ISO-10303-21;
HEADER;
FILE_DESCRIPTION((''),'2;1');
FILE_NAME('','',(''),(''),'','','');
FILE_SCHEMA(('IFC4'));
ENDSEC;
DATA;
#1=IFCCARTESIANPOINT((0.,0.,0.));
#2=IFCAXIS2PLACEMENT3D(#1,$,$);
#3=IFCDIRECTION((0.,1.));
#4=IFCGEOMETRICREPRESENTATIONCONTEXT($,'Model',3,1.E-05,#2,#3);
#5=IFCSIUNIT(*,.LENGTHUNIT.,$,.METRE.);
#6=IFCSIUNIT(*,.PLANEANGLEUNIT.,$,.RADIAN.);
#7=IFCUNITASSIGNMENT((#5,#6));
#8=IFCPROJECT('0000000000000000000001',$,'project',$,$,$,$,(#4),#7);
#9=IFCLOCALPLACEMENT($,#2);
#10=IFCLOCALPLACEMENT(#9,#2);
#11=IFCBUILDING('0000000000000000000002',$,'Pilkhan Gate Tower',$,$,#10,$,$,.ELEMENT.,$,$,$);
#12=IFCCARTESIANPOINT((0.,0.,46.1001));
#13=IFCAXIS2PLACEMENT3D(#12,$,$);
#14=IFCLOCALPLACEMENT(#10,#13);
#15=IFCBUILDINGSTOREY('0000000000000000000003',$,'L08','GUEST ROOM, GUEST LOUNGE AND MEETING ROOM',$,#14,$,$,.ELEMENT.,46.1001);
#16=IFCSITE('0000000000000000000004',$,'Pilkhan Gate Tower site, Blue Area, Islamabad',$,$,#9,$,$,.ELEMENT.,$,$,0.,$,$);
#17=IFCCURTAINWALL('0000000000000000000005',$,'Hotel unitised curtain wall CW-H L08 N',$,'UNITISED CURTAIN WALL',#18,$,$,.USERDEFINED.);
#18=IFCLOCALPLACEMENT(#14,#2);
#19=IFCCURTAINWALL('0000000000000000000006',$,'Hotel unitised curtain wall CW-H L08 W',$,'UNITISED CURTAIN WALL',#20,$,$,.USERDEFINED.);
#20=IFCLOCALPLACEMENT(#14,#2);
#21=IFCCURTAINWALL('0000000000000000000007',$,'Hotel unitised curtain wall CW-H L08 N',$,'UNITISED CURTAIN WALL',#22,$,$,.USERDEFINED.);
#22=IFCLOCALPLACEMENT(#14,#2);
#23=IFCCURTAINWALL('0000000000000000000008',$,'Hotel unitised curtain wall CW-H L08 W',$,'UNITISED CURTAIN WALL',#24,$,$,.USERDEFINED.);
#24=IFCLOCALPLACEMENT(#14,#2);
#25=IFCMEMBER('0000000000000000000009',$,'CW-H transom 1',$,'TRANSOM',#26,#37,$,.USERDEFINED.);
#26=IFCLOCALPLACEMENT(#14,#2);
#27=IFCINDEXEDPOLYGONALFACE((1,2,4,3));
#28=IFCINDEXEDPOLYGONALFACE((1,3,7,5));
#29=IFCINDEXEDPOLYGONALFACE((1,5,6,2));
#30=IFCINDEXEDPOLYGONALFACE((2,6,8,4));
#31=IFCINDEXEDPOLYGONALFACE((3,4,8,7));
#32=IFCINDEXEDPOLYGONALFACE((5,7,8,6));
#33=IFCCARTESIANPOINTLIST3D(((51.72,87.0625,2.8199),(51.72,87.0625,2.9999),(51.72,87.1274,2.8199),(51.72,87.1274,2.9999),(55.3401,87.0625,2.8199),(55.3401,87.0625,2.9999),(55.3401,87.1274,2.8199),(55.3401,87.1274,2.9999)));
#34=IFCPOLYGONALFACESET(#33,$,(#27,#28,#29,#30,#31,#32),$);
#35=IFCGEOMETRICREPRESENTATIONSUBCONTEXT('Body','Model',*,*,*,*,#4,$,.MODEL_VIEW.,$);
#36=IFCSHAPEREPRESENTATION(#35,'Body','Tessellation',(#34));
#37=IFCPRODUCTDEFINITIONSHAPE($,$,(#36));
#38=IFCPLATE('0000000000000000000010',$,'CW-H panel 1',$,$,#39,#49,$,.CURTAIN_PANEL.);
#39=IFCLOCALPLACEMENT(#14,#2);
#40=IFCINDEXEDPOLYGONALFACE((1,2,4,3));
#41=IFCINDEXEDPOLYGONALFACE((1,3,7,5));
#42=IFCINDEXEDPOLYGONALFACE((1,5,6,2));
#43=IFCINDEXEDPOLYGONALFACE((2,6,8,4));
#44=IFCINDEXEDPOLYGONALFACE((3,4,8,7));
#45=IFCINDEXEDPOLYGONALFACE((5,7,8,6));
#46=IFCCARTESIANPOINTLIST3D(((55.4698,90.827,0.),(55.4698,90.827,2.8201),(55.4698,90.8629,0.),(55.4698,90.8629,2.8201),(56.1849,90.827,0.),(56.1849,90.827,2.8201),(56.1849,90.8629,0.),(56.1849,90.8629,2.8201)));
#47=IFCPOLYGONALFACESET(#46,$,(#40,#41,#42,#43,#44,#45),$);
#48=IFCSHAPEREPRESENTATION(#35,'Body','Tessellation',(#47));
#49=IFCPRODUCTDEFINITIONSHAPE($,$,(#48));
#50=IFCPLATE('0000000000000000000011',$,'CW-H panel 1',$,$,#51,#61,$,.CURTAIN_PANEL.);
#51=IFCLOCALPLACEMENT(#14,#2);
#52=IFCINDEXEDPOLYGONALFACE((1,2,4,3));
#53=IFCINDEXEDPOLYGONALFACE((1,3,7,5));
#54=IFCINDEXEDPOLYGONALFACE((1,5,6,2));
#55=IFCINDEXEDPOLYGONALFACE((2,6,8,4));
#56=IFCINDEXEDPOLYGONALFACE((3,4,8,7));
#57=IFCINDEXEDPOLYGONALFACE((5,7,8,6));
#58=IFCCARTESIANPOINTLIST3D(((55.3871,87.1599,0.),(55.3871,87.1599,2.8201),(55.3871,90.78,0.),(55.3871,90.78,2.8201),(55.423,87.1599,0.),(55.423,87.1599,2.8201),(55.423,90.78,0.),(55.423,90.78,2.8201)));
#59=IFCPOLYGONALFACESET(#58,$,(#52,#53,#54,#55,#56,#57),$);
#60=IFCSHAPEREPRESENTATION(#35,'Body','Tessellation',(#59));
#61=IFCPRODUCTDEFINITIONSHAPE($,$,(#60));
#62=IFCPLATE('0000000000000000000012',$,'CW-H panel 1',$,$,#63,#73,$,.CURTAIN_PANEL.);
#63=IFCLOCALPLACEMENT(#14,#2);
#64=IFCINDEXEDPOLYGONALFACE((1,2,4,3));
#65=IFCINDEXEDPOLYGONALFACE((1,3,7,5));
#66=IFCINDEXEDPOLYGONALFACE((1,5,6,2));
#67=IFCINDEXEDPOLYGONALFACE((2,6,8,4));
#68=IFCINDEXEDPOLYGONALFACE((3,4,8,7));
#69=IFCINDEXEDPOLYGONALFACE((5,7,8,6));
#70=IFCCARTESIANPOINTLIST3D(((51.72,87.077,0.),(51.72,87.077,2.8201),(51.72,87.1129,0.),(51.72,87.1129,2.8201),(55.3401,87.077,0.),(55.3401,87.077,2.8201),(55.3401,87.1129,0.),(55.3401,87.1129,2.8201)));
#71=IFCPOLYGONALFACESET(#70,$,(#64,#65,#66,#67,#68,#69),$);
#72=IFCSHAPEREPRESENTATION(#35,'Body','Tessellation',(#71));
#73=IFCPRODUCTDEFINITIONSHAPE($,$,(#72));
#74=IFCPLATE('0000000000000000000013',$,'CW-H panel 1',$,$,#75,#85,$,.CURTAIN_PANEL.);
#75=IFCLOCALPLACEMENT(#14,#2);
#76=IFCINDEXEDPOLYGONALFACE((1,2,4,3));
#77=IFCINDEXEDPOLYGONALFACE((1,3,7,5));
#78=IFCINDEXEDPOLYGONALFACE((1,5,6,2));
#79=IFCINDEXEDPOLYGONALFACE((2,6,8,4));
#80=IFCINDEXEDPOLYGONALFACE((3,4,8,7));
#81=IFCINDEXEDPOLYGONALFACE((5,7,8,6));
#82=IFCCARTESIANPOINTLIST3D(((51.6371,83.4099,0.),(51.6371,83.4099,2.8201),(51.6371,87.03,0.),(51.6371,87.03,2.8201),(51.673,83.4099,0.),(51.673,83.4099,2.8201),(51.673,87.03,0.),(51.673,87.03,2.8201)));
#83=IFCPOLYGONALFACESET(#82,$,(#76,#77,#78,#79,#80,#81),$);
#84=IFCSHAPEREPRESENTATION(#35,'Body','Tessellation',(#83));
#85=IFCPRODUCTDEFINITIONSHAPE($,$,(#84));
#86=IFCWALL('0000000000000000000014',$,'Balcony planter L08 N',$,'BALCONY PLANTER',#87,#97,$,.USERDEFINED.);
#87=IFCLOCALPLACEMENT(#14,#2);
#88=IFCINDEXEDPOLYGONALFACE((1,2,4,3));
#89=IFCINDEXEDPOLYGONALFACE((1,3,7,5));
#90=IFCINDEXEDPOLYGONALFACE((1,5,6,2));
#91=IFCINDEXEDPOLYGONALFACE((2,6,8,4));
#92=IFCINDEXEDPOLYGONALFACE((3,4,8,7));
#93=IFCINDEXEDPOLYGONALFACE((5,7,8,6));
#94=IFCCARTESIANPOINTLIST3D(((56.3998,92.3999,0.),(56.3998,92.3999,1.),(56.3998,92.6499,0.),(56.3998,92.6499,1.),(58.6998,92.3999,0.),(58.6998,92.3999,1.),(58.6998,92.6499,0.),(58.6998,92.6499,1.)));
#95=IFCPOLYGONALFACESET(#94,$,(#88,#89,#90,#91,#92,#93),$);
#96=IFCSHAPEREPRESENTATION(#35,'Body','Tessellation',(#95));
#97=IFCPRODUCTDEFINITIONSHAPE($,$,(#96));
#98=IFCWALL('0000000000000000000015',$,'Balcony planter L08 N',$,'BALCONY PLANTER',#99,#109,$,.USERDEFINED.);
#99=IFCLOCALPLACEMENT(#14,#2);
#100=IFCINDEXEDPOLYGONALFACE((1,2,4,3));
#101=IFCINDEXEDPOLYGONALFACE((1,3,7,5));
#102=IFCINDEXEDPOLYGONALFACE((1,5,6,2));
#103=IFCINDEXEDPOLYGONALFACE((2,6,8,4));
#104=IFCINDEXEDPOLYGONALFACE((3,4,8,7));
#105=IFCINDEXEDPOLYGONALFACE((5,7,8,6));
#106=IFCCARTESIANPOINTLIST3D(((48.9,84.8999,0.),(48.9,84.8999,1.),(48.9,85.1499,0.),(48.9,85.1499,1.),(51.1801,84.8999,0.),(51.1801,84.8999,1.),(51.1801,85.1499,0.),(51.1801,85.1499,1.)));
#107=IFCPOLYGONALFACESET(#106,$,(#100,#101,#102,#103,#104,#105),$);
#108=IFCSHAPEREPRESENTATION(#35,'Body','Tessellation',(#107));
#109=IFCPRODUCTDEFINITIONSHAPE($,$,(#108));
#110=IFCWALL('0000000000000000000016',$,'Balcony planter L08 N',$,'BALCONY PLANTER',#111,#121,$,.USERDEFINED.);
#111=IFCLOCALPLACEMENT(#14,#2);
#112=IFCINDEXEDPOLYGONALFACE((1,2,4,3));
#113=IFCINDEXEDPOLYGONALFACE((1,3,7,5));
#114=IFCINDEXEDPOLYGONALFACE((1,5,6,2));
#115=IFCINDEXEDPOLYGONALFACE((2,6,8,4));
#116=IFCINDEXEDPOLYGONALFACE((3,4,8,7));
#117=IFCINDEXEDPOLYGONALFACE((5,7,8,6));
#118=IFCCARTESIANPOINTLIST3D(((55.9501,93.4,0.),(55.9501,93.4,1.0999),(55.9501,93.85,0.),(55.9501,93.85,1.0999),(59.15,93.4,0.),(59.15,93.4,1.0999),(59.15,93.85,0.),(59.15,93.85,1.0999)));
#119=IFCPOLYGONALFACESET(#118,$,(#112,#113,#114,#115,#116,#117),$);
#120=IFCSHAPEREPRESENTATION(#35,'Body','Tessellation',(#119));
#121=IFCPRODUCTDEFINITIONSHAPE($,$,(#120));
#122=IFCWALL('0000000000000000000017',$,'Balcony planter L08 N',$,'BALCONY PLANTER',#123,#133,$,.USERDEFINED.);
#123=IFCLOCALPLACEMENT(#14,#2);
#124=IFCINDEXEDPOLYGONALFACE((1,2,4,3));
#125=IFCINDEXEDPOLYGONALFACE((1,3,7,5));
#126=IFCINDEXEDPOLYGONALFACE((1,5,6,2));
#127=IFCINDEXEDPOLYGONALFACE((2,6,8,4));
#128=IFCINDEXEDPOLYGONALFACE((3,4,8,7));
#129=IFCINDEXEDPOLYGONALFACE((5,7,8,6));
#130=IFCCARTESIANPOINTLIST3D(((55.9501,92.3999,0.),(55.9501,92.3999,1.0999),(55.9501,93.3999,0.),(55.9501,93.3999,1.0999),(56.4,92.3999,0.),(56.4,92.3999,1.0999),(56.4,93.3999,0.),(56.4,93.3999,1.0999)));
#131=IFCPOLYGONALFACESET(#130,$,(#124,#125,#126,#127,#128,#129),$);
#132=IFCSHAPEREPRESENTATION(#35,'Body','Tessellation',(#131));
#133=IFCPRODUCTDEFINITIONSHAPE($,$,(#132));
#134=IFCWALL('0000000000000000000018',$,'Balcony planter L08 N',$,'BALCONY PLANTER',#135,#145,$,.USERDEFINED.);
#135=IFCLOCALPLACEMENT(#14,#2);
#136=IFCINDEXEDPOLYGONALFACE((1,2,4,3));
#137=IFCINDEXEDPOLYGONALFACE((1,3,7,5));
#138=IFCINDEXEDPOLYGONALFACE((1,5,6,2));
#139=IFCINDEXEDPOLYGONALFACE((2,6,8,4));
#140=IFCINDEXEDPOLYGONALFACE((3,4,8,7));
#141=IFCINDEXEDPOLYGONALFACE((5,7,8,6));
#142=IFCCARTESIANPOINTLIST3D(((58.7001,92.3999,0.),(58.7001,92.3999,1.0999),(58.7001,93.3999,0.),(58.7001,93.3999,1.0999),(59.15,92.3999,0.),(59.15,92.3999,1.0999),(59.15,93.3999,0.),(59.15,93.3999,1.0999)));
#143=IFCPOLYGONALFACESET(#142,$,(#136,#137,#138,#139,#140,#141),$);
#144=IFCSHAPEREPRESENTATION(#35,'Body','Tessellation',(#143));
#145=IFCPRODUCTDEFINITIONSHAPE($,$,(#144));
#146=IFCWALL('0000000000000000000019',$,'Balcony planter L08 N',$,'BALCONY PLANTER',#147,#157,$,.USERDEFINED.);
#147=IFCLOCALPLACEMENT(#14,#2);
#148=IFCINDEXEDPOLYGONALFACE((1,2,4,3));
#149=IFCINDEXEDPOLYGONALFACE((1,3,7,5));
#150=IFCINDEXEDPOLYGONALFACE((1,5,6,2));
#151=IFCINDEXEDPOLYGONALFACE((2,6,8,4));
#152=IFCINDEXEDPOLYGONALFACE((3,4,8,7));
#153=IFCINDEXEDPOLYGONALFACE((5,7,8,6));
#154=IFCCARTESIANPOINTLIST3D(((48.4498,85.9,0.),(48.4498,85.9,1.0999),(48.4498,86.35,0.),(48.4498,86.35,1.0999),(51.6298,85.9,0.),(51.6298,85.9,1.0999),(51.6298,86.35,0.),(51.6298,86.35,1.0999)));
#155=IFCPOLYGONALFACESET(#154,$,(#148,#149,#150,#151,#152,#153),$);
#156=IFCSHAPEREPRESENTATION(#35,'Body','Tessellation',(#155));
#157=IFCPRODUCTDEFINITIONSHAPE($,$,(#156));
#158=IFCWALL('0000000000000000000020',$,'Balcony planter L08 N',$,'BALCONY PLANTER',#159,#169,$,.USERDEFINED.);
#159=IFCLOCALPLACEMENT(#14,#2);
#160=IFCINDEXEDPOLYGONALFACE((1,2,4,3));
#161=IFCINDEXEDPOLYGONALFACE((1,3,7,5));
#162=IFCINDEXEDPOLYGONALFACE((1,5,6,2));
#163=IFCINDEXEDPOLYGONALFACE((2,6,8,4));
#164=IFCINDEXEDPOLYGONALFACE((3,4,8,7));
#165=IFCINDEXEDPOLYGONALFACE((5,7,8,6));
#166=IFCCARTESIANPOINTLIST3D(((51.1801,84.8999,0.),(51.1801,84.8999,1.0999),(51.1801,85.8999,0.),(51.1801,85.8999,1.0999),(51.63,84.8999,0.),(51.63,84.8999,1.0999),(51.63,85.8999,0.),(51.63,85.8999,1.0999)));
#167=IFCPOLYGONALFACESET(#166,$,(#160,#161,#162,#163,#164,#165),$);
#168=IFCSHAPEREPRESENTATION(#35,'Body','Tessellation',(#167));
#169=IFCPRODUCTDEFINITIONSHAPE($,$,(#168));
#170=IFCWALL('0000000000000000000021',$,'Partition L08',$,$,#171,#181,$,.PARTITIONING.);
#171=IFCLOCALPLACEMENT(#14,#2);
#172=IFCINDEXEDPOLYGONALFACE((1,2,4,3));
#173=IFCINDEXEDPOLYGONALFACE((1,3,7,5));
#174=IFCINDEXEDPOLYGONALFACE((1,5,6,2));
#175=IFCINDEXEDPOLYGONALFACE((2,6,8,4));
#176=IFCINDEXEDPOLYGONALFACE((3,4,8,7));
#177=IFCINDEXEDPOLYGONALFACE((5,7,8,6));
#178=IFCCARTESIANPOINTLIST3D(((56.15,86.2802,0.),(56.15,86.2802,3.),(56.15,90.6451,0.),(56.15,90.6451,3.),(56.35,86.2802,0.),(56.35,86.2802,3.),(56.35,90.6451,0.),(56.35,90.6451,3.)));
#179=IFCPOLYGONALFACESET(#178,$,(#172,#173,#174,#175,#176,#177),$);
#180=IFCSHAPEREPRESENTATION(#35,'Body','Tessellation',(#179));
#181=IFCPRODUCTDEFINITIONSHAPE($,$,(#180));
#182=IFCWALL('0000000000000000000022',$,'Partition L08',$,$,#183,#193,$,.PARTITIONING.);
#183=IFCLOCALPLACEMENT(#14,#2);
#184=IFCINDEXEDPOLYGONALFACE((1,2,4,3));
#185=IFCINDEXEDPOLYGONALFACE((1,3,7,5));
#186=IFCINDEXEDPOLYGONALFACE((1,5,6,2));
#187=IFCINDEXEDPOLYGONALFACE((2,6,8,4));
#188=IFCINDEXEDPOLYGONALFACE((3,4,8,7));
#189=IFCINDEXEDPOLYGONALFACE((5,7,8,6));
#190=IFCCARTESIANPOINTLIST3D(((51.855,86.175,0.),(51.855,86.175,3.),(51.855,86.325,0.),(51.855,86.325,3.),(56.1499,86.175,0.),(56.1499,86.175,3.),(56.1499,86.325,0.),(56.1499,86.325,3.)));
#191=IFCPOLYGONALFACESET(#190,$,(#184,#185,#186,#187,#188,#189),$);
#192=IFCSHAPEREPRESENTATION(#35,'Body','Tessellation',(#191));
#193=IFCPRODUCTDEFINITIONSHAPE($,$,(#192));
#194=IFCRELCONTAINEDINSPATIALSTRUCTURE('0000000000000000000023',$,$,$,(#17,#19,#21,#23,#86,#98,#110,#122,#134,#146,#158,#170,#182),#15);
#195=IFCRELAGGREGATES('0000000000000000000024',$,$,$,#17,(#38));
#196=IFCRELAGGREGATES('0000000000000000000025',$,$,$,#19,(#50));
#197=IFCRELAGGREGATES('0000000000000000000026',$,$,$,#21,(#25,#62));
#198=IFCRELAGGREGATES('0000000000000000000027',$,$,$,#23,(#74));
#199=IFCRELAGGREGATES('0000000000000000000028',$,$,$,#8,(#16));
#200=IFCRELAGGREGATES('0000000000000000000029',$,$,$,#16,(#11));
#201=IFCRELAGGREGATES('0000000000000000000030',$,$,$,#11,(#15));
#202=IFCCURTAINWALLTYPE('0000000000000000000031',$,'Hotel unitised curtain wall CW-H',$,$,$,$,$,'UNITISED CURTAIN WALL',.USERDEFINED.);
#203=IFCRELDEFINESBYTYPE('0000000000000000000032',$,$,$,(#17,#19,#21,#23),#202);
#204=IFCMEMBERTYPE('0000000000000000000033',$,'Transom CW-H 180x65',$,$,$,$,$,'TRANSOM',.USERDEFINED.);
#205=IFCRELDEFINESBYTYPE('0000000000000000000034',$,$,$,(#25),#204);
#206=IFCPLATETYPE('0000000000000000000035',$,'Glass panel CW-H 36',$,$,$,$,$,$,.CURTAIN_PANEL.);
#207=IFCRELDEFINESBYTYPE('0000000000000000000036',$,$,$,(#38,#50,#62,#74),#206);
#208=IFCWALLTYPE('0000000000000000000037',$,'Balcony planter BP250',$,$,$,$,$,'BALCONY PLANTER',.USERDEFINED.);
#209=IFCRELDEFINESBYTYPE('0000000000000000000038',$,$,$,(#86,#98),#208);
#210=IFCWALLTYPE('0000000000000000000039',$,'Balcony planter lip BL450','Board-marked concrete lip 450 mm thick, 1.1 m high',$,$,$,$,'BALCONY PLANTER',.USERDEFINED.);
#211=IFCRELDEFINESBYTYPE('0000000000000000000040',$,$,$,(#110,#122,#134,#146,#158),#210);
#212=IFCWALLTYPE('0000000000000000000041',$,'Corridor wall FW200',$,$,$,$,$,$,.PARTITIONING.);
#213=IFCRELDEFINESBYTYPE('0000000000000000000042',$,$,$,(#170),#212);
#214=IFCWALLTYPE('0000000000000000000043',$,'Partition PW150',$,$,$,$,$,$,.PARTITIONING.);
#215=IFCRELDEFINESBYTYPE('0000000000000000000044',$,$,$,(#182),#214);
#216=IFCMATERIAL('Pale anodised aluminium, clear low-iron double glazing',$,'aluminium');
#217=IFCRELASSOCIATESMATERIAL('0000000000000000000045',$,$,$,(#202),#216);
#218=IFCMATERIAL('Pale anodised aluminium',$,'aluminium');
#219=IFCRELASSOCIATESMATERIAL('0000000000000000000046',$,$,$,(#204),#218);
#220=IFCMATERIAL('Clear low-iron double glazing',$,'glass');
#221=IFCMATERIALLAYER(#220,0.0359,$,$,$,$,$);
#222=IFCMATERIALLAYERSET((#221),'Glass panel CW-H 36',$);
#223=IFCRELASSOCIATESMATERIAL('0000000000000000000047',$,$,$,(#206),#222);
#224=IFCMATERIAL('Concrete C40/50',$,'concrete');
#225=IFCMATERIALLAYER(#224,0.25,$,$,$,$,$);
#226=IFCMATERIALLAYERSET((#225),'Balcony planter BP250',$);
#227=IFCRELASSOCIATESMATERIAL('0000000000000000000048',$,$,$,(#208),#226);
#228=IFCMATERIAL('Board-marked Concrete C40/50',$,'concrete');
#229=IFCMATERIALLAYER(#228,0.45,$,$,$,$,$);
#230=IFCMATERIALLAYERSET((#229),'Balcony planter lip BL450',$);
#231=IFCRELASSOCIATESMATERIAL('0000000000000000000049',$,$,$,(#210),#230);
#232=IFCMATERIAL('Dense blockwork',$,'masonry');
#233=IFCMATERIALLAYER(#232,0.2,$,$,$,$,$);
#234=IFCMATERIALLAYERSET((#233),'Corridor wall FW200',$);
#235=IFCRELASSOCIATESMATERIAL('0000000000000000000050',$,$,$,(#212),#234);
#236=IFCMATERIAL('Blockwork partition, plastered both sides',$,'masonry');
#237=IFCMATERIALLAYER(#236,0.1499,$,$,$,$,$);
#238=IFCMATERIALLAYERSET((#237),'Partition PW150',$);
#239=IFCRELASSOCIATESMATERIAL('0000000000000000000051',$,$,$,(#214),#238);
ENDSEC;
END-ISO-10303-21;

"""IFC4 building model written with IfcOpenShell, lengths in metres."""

from ifc_helpers import new_model, si_unit, direction, frame, frame_2d, origin, origin_2d, place, context, subcontext, project, spatial, rectangle, extrude, material, layer, layer_set, material_profile, profile_set, type_object, element, aggregate, save


model = new_model("IFC4")

# Units and contexts
model_context = context("Model", 3, precision=1e-05, world=origin(), true_north=direction((0.0, 1.0)))
body_context = subcontext(model_context, "Body", "Model", "MODEL_VIEW")
ifc_project = project(units=[si_unit("LENGTHUNIT", "METRE"), si_unit("PLANEANGLEUNIT", "RADIAN")], contexts=[model_context])

# Site, building, storey
site_placement = place(None, origin())
site = spatial("IfcSite", under=ifc_project, at=site_placement, Name="Pilkhan Gate Tower site, Blue Area, Islamabad", CompositionType="ELEMENT", RefElevation=0.0)
building_placement = place(site_placement, origin())
building = spatial("IfcBuilding", under=site, at=building_placement, Name="Pilkhan Gate Tower", CompositionType="ELEMENT")
storey_placement = place(building_placement, frame((0.0, 0.0, 46.1001)))
storey = spatial("IfcBuildingStorey", under=building, at=storey_placement, Name="L08", Description="GUEST ROOM, GUEST LOUNGE AND MEETING ROOM", CompositionType="ELEMENT", Elevation=46.1001)

# Curtain walls
ifc_material_1 = material(Name="Pale anodised aluminium, clear low-iron double glazing", Category="aluminium")
curtain_wall_type = type_object("IfcCurtainWallType", Name="Hotel unitised curtain wall CW-H", ElementType="UNITISED CURTAIN WALL", PredefinedType="USERDEFINED", material=ifc_material_1)
curtain_wall_1_placement = place(storey_placement, origin())
curtain_wall_1 = element("IfcCurtainWall", 1, at=curtain_wall_1_placement, inside=storey, type_object=curtain_wall_type, Name="Hotel unitised curtain wall CW-H L08 N", ObjectType="UNITISED CURTAIN WALL", PredefinedType="USERDEFINED")
ifc_material_2 = material(Name="Pale anodised aluminium", Category="aluminium")
curtain_wall_2_placement = place(storey_placement, origin())
curtain_wall_2 = element("IfcCurtainWall", 2, at=curtain_wall_2_placement, inside=storey, type_object=curtain_wall_type, Name="Hotel unitised curtain wall CW-H L08 W", ObjectType="UNITISED CURTAIN WALL", PredefinedType="USERDEFINED")
curtain_wall_3_placement = place(storey_placement, origin())
curtain_wall_3 = element("IfcCurtainWall", 3, at=curtain_wall_3_placement, inside=storey, type_object=curtain_wall_type, Name="Hotel unitised curtain wall CW-H L08 N", ObjectType="UNITISED CURTAIN WALL", PredefinedType="USERDEFINED")

# Curtain wall
curtain_wall_4_placement = place(storey_placement, origin())
curtain_wall_4 = element("IfcCurtainWall", 4, at=curtain_wall_4_placement, inside=storey, type_object=curtain_wall_type, Name="Hotel unitised curtain wall CW-H L08 W", ObjectType="UNITISED CURTAIN WALL", PredefinedType="USERDEFINED")

# Member
ifc_material_profile_1 = material_profile(ifc_material_2, rectangle(XDim=0.0649, YDim=0.1799, at=origin_2d()), Name="Transom 180x65")
ifc_profile_set_1 = profile_set([ifc_material_profile_1], Name="Pale anodised aluminium")
member_type_1 = type_object("IfcMemberType", Name="Transom CW-H 180x65", ElementType="TRANSOM", PredefinedType="USERDEFINED", material=ifc_profile_set_1)
member_1_placement = place(storey_placement, frame((51.72, 87.095, 2.9099), z_axis=(1.0, 0.0, 0.0), x_axis=(0.0, 1.0, 0.0)))
member_1 = element("IfcMember", 5, at=member_1_placement, type_object=member_type_1, Name="CW-H transom 1", ObjectType="TRANSOM", PredefinedType="USERDEFINED", context=body_context, shape_type="SweptSolid", body=[
    extrude(rectangle(XDim=0.0649, YDim=0.1799, at=origin_2d()), origin(), (0.0, 0.0, 1.0), 3.6201),
])

# Plates
ifc_material_3 = material(Name="Clear low-iron double glazing", Category="glass")
ifc_layer_1 = layer(ifc_material_3, 0.0359)
ifc_layer_set_1 = layer_set([ifc_layer_1], Name="Glass panel CW-H 36")
plate_type = type_object("IfcPlateType", Name="Glass panel CW-H 36", PredefinedType="CURTAIN_PANEL", material=ifc_layer_set_1)
plate_1_placement = place(storey_placement, frame((55.8274, 90.845, 0.0), z_axis=(0.0, 0.0, 1.0), x_axis=(1.0, 0.0, 0.0)))
plate_1 = element("IfcPlate", 6, at=plate_1_placement, type_object=plate_type, Name="CW-H panel 1", PredefinedType="CURTAIN_PANEL", context=body_context, shape_type="SweptSolid", body=[
    extrude(rectangle(XDim=0.7151, YDim=0.0359, at=origin_2d()), origin(), (0.0, 0.0, 1.0), 2.8201),
])
aggregate(curtain_wall_1, [plate_1])
plate_2_placement = place(storey_placement, frame((55.405, 88.97, 0.0), z_axis=(0.0, 0.0, 1.0), x_axis=(0.0, 1.0, 0.0)))
plate_2 = element("IfcPlate", 7, at=plate_2_placement, type_object=plate_type, Name="CW-H panel 1", PredefinedType="CURTAIN_PANEL", context=body_context, shape_type="SweptSolid", body=[
    extrude(rectangle(XDim=3.6201, YDim=0.0359, at=origin_2d()), origin(), (0.0, 0.0, 1.0), 2.8201),
])
aggregate(curtain_wall_2, [plate_2])
plate_3_placement = place(storey_placement, frame((53.53, 87.095, 0.0), z_axis=(0.0, 0.0, 1.0), x_axis=(1.0, 0.0, 0.0)))
plate_3 = element("IfcPlate", 8, at=plate_3_placement, type_object=plate_type, Name="CW-H panel 1", PredefinedType="CURTAIN_PANEL", context=body_context, shape_type="SweptSolid", body=[
    extrude(rectangle(XDim=3.6201, YDim=0.0359, at=origin_2d()), origin(), (0.0, 0.0, 1.0), 2.8201),
])
aggregate(curtain_wall_3, [member_1, plate_3])
plate_4_placement = place(storey_placement, frame((51.655, 85.22, 0.0), z_axis=(0.0, 0.0, 1.0), x_axis=(0.0, 1.0, 0.0)))
plate_4 = element("IfcPlate", 9, at=plate_4_placement, type_object=plate_type, Name="CW-H panel 1", PredefinedType="CURTAIN_PANEL", context=body_context, shape_type="SweptSolid", body=[
    extrude(rectangle(XDim=3.6201, YDim=0.0359, at=origin_2d()), origin(), (0.0, 0.0, 1.0), 2.8201),
])
aggregate(curtain_wall_4, [plate_4])

# Walls
ifc_material_4 = material(Name="Concrete C40/50", Category="concrete")
ifc_layer_2 = layer(ifc_material_4, 0.25)
ifc_layer_set_2 = layer_set([ifc_layer_2], Name="Balcony planter BP250")
wall_type_1 = type_object("IfcWallType", Name="Balcony planter BP250", ElementType="BALCONY PLANTER", PredefinedType="USERDEFINED", material=ifc_layer_set_2)
wall_1_placement = place(storey_placement, frame((56.3999, 92.5249, 0.0), z_axis=(0.0, 0.0, 1.0), x_axis=(1.0, 0.0, 0.0)))
element("IfcWall", 10, at=wall_1_placement, inside=storey, type_object=wall_type_1, Name="Balcony planter L08 N", ObjectType="BALCONY PLANTER", PredefinedType="USERDEFINED", context=body_context, shape_type="SweptSolid", body=[
    extrude(rectangle(XDim=2.3, YDim=0.25, at=frame_2d((1.1499, 0.0))), origin(), (0.0, 0.0, 1.0), 1.0),
])
wall_2_placement = place(storey_placement, frame((48.8999, 85.0249, 0.0), z_axis=(0.0, 0.0, 1.0), x_axis=(1.0, 0.0, 0.0)))
element("IfcWall", 11, at=wall_2_placement, inside=storey, type_object=wall_type_1, Name="Balcony planter L08 N", ObjectType="BALCONY PLANTER", PredefinedType="USERDEFINED", context=body_context, shape_type="SweptSolid", body=[
    extrude(rectangle(XDim=2.28, YDim=0.25, at=frame_2d((1.1401, 0.0))), origin(), (0.0, 0.0, 1.0), 1.0),
])
ifc_material_5 = material(Name="Board-marked Concrete C40/50", Category="concrete")
ifc_layer_3 = layer(ifc_material_5, 0.45)
ifc_layer_set_3 = layer_set([ifc_layer_3], Name="Balcony planter lip BL450")
wall_type_2 = type_object("IfcWallType", Name="Balcony planter lip BL450", Description="Board-marked concrete lip 450 mm thick, 1.1 m high", ElementType="BALCONY PLANTER", PredefinedType="USERDEFINED", material=ifc_layer_set_3)
wall_3_placement = place(storey_placement, frame((55.95, 93.625, 0.0), z_axis=(0.0, 0.0, 1.0), x_axis=(1.0, 0.0, 0.0)))
element("IfcWall", 12, at=wall_3_placement, inside=storey, type_object=wall_type_2, Name="Balcony planter L08 N", ObjectType="BALCONY PLANTER", PredefinedType="USERDEFINED", context=body_context, shape_type="SweptSolid", body=[
    extrude(rectangle(XDim=3.2, YDim=0.45, at=frame_2d((1.6001, 0.0))), origin(), (0.0, 0.0, 1.0), 1.0999),
])
for number, where, z_axis, x_axis, name in (
    (13, (56.175, 92.3999, 0.0), (0.0, 0.0, 1.0), (0.0, 1.0, 0.0), "Balcony planter L08 N"),
    (14, (58.925, 92.3999, 0.0), (0.0, 0.0, 1.0), (0.0, 1.0, 0.0), "Balcony planter L08 N"),
):
    element("IfcWall", number, at=place(storey_placement, frame(where, z_axis=z_axis, x_axis=x_axis)), inside=storey, type_object=wall_type_2, Name=name, ObjectType="BALCONY PLANTER", PredefinedType="USERDEFINED", context=body_context, shape_type="SweptSolid", body=[
        extrude(rectangle(XDim=1.0, YDim=0.45, at=frame_2d((0.5, 0.0))), origin(), (0.0, 0.0, 1.0), 1.0999),
    ])
wall_4_placement = place(storey_placement, frame((48.45, 86.125, 0.0), z_axis=(0.0, 0.0, 1.0), x_axis=(1.0, 0.0, 0.0)))
element("IfcWall", 15, at=wall_4_placement, inside=storey, type_object=wall_type_2, Name="Balcony planter L08 N", ObjectType="BALCONY PLANTER", PredefinedType="USERDEFINED", context=body_context, shape_type="SweptSolid", body=[
    extrude(rectangle(XDim=3.1799, YDim=0.45, at=frame_2d((1.5898, 0.0))), origin(), (0.0, 0.0, 1.0), 1.0999),
])
wall_5_placement = place(storey_placement, frame((51.405, 84.8999, 0.0), z_axis=(0.0, 0.0, 1.0), x_axis=(0.0, 1.0, 0.0)))
element("IfcWall", 16, at=wall_5_placement, inside=storey, type_object=wall_type_2, Name="Balcony planter L08 N", ObjectType="BALCONY PLANTER", PredefinedType="USERDEFINED", context=body_context, shape_type="SweptSolid", body=[
    extrude(rectangle(XDim=1.0, YDim=0.45, at=frame_2d((0.5, 0.0))), origin(), (0.0, 0.0, 1.0), 1.0999),
])
ifc_material_6 = material(Name="Dense blockwork", Category="masonry")
ifc_layer_4 = layer(ifc_material_6, 0.2)
ifc_layer_set_4 = layer_set([ifc_layer_4], Name="Corridor wall FW200")
wall_type_3 = type_object("IfcWallType", Name="Corridor wall FW200", PredefinedType="PARTITIONING", material=ifc_layer_set_4)
wall_6_placement = place(storey_placement, frame((56.25, 86.28, 0.0), z_axis=(0.0, 0.0, 1.0), x_axis=(0.0, 1.0, 0.0)))
element("IfcWall", 17, at=wall_6_placement, inside=storey, type_object=wall_type_3, Name="Partition L08", PredefinedType="PARTITIONING", context=body_context, shape_type="SweptSolid", body=[
    extrude(rectangle(XDim=4.365, YDim=0.2, at=frame_2d((2.1826, 0.0))), origin(), (0.0, 0.0, 1.0), 3.0),
])

# Wall
ifc_material_7 = material(Name="Blockwork partition, plastered both sides", Category="masonry")
ifc_layer_5 = layer(ifc_material_7, 0.1499)
ifc_layer_set_5 = layer_set([ifc_layer_5], Name="Partition PW150")
wall_type_4 = type_object("IfcWallType", Name="Partition PW150", PredefinedType="PARTITIONING", material=ifc_layer_set_5)
wall_7_placement = place(storey_placement, frame((51.855, 86.25, 0.0), z_axis=(0.0, 0.0, 1.0), x_axis=(1.0, 0.0, 0.0)))
element("IfcWall", 18, at=wall_7_placement, inside=storey, type_object=wall_type_4, Name="Partition L08", PredefinedType="PARTITIONING", context=body_context, shape_type="SweptSolid", body=[
    extrude(rectangle(XDim=4.2949, YDim=0.1499, at=frame_2d((2.1475, 0.0))), origin(), (0.0, 0.0, 1.0), 3.0),
])

save(model, "model.ifc")
